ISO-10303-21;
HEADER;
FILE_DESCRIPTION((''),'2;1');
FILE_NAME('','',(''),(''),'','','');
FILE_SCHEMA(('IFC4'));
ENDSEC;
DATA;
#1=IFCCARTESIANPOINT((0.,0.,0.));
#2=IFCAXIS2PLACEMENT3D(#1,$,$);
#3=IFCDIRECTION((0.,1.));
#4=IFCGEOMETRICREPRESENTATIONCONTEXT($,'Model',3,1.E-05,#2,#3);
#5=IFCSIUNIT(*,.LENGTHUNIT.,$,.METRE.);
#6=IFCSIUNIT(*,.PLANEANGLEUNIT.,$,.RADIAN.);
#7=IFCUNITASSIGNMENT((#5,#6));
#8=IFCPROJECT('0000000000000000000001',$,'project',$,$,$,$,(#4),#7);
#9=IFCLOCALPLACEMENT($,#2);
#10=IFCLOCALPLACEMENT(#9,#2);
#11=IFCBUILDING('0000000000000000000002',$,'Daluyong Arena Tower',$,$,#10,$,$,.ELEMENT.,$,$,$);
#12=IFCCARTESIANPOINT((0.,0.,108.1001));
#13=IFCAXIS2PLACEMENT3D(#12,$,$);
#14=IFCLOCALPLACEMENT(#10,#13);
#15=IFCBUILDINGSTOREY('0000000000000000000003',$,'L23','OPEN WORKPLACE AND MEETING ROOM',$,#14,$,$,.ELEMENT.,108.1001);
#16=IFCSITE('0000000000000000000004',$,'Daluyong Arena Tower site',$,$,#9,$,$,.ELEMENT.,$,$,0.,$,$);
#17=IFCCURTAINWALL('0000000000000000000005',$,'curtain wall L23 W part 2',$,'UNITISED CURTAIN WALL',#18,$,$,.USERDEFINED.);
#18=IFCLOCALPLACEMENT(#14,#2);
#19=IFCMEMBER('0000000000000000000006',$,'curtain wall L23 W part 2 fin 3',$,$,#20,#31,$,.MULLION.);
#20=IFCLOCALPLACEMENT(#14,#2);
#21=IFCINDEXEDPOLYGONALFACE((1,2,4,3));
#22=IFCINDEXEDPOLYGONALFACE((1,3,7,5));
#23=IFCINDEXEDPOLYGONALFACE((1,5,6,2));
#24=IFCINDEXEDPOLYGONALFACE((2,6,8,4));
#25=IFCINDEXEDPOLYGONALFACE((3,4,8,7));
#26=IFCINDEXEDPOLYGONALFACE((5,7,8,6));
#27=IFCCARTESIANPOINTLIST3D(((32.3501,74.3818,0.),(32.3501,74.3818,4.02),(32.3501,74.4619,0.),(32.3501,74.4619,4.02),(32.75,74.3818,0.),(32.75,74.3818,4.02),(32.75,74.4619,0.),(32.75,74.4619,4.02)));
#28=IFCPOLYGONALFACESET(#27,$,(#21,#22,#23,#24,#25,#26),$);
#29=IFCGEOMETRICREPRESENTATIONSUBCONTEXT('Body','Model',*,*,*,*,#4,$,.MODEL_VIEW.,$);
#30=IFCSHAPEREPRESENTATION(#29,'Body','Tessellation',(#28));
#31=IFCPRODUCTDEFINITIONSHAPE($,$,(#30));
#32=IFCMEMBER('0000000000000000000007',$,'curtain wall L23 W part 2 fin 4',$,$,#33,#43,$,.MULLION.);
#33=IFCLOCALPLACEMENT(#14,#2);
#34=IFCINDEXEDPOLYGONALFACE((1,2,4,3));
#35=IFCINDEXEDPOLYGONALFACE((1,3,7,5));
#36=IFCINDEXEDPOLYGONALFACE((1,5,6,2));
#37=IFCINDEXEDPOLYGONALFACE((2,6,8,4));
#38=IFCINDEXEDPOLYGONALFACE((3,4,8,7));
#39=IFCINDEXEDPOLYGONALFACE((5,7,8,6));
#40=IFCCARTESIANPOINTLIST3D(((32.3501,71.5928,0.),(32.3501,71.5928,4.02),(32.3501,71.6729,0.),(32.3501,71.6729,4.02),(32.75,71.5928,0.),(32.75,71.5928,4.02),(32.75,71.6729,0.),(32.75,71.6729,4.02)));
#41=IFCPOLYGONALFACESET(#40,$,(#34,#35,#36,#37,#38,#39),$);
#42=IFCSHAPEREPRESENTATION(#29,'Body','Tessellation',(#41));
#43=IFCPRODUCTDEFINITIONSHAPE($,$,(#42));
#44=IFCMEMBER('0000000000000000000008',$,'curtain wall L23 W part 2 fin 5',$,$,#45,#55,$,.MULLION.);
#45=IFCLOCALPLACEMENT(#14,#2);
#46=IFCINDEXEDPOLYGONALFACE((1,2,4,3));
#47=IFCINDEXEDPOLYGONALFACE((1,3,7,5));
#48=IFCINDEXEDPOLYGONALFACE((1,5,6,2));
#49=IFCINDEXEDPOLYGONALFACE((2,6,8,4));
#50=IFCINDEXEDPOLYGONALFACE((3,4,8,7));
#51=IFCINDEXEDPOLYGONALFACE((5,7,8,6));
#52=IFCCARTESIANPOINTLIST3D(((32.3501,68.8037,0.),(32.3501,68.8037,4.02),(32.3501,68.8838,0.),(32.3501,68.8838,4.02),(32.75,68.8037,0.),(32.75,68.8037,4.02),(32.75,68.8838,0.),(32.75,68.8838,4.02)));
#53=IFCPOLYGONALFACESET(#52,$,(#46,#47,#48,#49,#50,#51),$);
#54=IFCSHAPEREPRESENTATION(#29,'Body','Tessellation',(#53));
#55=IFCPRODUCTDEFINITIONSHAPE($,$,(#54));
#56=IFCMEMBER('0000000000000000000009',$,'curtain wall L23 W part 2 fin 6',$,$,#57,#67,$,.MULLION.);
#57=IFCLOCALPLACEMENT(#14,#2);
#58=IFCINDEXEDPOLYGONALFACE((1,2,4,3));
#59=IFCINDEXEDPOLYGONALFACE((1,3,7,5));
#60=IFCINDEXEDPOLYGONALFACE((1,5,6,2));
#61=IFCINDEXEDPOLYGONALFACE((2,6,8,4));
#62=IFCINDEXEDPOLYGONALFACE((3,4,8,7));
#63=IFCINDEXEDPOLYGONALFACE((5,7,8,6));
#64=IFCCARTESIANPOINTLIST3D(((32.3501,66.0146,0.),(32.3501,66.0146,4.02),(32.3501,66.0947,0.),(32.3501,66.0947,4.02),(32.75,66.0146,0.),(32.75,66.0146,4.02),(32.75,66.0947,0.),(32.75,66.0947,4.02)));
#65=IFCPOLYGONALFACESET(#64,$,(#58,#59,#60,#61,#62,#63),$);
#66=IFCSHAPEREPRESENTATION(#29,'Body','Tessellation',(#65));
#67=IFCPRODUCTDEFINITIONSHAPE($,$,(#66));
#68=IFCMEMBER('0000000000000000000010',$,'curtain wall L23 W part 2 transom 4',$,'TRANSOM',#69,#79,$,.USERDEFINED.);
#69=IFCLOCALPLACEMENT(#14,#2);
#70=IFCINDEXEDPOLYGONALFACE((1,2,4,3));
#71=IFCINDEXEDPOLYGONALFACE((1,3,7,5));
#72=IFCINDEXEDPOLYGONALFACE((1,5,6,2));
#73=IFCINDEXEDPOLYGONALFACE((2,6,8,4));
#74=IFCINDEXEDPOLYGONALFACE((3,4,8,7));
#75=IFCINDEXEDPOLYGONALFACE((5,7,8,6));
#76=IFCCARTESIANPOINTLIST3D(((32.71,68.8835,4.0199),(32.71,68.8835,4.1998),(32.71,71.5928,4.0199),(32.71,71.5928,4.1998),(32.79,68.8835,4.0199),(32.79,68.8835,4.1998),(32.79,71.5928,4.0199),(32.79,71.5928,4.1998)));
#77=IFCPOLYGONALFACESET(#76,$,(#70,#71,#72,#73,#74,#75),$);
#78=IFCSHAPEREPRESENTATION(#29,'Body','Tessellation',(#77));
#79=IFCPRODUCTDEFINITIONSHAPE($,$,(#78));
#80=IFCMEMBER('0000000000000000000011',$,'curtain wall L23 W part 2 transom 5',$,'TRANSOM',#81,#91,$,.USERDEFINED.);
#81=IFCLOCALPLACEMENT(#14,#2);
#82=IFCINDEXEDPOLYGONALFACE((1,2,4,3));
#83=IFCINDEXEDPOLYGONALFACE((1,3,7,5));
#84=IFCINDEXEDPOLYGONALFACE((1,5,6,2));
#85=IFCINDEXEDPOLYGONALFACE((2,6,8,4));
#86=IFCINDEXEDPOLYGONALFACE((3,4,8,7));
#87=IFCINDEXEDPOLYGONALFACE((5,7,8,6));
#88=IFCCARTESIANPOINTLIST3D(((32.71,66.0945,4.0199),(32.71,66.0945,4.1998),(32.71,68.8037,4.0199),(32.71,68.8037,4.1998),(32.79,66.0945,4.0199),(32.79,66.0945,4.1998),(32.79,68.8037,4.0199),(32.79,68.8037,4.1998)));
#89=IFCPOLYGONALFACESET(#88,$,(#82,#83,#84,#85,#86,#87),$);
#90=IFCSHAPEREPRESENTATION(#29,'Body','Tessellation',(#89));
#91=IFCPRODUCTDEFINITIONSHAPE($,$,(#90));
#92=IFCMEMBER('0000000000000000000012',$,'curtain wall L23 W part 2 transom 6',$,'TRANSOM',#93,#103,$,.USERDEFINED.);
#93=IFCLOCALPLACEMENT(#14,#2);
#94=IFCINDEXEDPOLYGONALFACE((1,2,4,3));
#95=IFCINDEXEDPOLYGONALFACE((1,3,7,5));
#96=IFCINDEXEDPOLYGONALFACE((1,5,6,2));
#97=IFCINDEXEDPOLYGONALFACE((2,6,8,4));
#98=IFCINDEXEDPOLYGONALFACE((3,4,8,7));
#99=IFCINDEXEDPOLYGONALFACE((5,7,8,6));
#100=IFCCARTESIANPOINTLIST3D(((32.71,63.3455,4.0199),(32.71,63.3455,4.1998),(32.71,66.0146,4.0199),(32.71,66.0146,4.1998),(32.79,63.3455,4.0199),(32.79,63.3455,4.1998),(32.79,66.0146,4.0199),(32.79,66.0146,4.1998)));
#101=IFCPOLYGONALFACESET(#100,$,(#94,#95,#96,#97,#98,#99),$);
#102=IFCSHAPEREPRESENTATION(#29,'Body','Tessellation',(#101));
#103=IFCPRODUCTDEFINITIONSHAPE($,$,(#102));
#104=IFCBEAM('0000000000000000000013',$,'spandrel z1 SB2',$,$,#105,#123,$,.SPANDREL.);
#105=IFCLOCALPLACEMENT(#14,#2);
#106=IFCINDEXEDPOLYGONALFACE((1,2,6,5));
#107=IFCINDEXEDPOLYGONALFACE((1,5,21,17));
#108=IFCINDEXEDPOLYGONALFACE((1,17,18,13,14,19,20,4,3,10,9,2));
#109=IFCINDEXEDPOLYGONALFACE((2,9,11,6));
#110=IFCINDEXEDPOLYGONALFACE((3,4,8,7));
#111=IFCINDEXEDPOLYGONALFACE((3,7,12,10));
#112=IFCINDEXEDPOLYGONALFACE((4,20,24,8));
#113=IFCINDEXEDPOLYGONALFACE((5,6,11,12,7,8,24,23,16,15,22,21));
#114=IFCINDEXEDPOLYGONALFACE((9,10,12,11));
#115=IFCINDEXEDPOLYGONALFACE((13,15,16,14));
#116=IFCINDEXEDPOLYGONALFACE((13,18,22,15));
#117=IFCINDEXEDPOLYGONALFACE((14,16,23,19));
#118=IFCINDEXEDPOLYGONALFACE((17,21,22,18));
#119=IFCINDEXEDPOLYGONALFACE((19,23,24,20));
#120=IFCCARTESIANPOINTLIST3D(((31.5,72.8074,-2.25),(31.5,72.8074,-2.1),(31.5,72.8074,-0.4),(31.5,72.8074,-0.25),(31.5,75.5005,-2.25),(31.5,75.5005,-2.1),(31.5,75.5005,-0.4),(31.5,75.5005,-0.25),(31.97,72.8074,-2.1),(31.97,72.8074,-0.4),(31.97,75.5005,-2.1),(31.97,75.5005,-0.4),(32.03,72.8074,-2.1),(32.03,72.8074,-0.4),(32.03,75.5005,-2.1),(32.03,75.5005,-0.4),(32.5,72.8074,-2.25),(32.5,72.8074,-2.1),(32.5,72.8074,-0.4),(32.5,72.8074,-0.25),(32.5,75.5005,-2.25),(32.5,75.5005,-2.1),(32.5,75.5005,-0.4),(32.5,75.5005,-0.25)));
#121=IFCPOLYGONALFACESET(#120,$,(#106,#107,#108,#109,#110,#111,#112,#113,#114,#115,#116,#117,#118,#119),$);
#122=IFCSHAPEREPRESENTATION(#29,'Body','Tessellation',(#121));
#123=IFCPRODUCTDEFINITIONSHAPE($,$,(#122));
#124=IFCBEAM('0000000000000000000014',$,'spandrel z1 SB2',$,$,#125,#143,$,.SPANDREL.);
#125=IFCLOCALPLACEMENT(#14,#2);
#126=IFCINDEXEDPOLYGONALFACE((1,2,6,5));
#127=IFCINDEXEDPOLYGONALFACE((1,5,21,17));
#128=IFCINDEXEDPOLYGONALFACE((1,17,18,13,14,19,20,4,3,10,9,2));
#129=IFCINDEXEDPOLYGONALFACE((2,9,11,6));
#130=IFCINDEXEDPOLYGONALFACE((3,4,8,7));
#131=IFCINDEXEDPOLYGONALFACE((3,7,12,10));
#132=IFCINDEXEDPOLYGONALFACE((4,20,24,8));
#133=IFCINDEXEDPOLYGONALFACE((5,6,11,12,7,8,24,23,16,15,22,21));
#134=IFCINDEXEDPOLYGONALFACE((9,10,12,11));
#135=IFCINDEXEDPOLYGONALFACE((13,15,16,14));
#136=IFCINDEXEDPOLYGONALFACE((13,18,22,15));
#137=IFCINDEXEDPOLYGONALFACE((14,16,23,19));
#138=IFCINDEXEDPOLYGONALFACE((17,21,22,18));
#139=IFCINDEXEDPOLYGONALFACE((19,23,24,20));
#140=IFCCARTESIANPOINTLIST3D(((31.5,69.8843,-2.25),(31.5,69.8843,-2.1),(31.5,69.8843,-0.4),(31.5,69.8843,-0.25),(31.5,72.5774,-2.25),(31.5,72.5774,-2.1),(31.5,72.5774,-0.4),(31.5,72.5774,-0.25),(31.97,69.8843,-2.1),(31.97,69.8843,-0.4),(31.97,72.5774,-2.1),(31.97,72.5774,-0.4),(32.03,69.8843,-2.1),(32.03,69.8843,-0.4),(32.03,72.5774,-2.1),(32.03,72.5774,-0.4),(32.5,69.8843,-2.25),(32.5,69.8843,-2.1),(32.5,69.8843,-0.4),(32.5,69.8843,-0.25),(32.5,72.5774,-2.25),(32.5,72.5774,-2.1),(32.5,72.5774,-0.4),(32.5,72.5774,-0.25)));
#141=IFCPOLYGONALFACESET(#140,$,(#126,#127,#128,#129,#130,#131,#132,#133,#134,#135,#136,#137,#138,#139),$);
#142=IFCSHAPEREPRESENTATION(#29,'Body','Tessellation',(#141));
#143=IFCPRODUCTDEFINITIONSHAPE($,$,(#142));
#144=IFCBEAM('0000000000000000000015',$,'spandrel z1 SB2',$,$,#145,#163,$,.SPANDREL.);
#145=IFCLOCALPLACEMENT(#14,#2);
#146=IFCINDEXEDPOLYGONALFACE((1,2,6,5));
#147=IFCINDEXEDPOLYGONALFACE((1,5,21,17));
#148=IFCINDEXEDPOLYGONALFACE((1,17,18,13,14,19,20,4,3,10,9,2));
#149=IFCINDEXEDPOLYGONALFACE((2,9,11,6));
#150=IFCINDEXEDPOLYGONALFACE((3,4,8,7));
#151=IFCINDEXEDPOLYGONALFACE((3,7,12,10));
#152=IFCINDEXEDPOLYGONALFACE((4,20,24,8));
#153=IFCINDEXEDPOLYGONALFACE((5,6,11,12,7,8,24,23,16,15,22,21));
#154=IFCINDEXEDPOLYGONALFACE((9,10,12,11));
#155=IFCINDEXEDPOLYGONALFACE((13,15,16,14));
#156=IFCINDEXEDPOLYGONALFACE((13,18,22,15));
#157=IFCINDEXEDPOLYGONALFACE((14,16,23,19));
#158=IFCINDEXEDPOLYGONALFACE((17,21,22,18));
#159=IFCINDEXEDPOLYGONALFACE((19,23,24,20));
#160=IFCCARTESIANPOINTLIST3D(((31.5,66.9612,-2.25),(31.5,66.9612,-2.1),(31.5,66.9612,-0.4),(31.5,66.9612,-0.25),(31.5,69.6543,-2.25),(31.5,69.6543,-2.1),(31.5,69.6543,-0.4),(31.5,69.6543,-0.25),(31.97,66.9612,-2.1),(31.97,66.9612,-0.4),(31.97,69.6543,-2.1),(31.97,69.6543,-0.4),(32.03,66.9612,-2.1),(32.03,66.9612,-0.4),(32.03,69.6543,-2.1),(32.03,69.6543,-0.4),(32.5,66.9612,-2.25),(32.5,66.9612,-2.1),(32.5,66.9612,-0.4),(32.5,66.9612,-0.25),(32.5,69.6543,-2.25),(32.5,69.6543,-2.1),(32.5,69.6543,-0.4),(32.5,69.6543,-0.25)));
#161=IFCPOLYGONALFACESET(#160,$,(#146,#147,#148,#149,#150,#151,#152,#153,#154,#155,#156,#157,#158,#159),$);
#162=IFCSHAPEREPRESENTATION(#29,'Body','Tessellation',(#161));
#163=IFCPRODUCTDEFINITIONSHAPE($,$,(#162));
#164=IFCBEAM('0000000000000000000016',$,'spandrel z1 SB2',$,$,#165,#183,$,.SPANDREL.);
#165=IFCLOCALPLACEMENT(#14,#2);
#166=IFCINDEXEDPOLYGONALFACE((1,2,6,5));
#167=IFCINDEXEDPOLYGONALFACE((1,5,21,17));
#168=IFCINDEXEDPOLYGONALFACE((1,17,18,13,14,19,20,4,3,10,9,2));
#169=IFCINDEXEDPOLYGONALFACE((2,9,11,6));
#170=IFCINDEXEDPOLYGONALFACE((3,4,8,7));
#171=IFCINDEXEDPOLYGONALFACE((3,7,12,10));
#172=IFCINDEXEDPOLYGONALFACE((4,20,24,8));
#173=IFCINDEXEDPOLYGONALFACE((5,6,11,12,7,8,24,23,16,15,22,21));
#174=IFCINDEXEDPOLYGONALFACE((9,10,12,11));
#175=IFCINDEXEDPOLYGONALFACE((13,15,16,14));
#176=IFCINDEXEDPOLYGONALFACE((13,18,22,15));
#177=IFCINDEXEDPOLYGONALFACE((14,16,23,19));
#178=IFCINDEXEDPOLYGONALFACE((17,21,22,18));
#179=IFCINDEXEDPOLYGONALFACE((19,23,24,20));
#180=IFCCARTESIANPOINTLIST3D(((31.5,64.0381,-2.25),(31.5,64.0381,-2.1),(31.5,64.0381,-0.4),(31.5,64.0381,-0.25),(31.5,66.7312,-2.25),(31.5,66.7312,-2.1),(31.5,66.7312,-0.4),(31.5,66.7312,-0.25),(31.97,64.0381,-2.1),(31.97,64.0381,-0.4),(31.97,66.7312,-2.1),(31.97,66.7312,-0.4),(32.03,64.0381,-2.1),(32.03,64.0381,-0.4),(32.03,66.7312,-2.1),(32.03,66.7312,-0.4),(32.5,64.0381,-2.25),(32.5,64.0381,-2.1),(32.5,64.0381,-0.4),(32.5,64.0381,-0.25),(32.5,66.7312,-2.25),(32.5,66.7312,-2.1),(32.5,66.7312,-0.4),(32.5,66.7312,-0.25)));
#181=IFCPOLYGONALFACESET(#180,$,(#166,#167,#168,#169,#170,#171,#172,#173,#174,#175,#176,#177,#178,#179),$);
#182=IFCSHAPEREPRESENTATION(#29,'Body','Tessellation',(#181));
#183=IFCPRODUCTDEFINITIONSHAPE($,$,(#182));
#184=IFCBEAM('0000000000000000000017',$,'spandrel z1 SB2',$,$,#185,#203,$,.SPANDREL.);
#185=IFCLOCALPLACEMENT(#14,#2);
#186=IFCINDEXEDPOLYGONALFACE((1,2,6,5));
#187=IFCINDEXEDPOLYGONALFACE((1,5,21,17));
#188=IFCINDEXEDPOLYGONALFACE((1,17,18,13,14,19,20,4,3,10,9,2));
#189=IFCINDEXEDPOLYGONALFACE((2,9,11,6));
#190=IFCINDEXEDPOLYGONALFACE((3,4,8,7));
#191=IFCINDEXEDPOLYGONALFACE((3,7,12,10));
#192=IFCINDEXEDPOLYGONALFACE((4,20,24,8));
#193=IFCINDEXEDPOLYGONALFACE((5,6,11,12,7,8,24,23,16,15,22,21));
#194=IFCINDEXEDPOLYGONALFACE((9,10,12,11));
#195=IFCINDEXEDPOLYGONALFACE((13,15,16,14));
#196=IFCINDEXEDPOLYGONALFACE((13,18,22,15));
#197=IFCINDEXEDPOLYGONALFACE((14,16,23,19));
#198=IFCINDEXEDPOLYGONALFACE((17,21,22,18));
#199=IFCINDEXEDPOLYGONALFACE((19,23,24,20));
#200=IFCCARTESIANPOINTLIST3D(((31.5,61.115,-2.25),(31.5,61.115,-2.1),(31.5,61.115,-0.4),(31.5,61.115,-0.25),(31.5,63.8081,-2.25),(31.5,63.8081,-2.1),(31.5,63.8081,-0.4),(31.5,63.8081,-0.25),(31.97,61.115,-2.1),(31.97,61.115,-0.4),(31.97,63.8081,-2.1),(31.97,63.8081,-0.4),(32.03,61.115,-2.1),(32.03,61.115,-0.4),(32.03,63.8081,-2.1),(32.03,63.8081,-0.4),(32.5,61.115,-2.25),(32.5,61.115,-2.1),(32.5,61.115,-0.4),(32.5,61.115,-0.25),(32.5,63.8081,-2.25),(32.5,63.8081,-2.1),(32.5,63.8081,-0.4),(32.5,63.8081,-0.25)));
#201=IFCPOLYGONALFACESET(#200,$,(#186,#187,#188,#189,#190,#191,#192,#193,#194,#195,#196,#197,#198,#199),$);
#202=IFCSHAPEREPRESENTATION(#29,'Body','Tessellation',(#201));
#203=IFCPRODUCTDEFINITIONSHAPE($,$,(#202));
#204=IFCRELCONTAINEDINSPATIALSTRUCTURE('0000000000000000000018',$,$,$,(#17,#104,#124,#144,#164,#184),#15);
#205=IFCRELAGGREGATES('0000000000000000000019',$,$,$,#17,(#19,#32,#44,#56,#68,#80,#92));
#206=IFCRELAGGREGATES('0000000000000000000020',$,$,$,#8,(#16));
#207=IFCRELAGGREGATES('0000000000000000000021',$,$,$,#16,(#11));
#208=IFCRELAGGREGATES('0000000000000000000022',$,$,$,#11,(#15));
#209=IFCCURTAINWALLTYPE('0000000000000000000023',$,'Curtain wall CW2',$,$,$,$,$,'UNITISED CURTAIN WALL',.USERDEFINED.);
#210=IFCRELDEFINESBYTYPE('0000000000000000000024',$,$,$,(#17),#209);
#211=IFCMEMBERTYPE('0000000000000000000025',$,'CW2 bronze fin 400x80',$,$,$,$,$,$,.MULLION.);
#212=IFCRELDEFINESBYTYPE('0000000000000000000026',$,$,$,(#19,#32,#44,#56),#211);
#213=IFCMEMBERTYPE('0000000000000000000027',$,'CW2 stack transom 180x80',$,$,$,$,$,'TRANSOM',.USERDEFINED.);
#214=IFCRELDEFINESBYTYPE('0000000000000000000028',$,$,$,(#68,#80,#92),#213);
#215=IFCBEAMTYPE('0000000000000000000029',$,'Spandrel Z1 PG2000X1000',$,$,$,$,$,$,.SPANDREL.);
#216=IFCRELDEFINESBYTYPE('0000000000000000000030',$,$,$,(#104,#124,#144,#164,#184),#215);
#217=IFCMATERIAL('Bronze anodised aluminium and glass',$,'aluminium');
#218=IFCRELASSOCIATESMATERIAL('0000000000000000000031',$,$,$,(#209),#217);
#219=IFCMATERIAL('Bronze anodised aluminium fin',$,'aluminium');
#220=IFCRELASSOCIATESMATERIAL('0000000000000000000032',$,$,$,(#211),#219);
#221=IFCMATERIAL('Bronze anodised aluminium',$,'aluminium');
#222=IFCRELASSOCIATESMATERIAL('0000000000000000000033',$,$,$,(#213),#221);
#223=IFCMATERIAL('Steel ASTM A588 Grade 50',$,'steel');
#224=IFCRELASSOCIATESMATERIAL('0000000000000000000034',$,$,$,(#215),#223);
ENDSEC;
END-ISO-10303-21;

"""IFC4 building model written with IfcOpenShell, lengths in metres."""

from ifc_helpers import new_model, si_unit, direction, frame, origin, origin_2d, place, context, subcontext, project, spatial, rectangle, i_section, extrude, material, material_profile, profile_set, type_object, element, aggregate, save


model = new_model("IFC4")

# Units and contexts
model_context = context("Model", 3, precision=1e-05, world=origin(), true_north=direction((0.0, 1.0)))
body_context = subcontext(model_context, "Body", "Model", "MODEL_VIEW")
ifc_project = project(units=[si_unit("LENGTHUNIT", "METRE"), si_unit("PLANEANGLEUNIT", "RADIAN")], contexts=[model_context])

# Site, building, storey
site_placement = place(None, origin())
site = spatial("IfcSite", under=ifc_project, at=site_placement, Name="Daluyong Arena Tower site", CompositionType="ELEMENT", RefElevation=0.0)
building_placement = place(site_placement, origin())
building = spatial("IfcBuilding", under=site, at=building_placement, Name="Daluyong Arena Tower", CompositionType="ELEMENT")
storey_placement = place(building_placement, frame((0.0, 0.0, 108.1001)))
storey = spatial("IfcBuildingStorey", under=building, at=storey_placement, Name="L23", Description="OPEN WORKPLACE AND MEETING ROOM", CompositionType="ELEMENT", Elevation=108.1001)

# Curtain wall, members
ifc_material_1 = material(Name="Bronze anodised aluminium and glass", Category="aluminium")
curtain_wall_type = type_object("IfcCurtainWallType", Name="Curtain wall CW2", ElementType="UNITISED CURTAIN WALL", PredefinedType="USERDEFINED", material=ifc_material_1)
curtain_wall_placement = place(storey_placement, origin())
curtain_wall = element("IfcCurtainWall", 1, at=curtain_wall_placement, inside=storey, type_object=curtain_wall_type, Name="curtain wall L23 W part 2", ObjectType="UNITISED CURTAIN WALL", PredefinedType="USERDEFINED")
ifc_material_2 = material(Name="Bronze anodised aluminium fin", Category="aluminium")
ifc_material_profile_1 = material_profile(ifc_material_2, rectangle(XDim=0.3999, YDim=0.0801, at=origin_2d()))
ifc_profile_set_1 = profile_set([ifc_material_profile_1], Name="Bronze anodised aluminium fin")
member_type_1 = type_object("IfcMemberType", Name="CW2 bronze fin 400x80", PredefinedType="MULLION", material=ifc_profile_set_1)
member_1_placement = place(storey_placement, frame((32.55, 74.4219, 0.0), z_axis=(0.0, 0.0, 1.0), x_axis=(1.0, 0.0, 0.0)))
member_1 = element("IfcMember", 2, at=member_1_placement, type_object=member_type_1, Name="curtain wall L23 W part 2 fin 3", PredefinedType="MULLION", context=body_context, shape_type="SweptSolid", body=[
    extrude(rectangle(XDim=0.3999, YDim=0.0801, at=origin_2d()), origin(), (0.0, 0.0, 1.0), 4.02),
])
member_2_placement = place(storey_placement, frame((32.55, 71.6328, 0.0), z_axis=(0.0, 0.0, 1.0), x_axis=(1.0, 0.0, 0.0)))
member_2 = element("IfcMember", 3, at=member_2_placement, type_object=member_type_1, Name="curtain wall L23 W part 2 fin 4", PredefinedType="MULLION", context=body_context, shape_type="SweptSolid", body=[
    extrude(rectangle(XDim=0.3999, YDim=0.0801, at=origin_2d()), origin(), (0.0, 0.0, 1.0), 4.02),
])
member_3_placement = place(storey_placement, frame((32.55, 68.8438, 0.0), z_axis=(0.0, 0.0, 1.0), x_axis=(1.0, 0.0, 0.0)))
member_3 = element("IfcMember", 4, at=member_3_placement, type_object=member_type_1, Name="curtain wall L23 W part 2 fin 5", PredefinedType="MULLION", context=body_context, shape_type="SweptSolid", body=[
    extrude(rectangle(XDim=0.3999, YDim=0.0801, at=origin_2d()), origin(), (0.0, 0.0, 1.0), 4.02),
])
member_4_placement = place(storey_placement, frame((32.55, 66.0547, 0.0), z_axis=(0.0, 0.0, 1.0), x_axis=(1.0, 0.0, 0.0)))
member_4 = element("IfcMember", 5, at=member_4_placement, type_object=member_type_1, Name="curtain wall L23 W part 2 fin 6", PredefinedType="MULLION", context=body_context, shape_type="SweptSolid", body=[
    extrude(rectangle(XDim=0.3999, YDim=0.0801, at=origin_2d()), origin(), (0.0, 0.0, 1.0), 4.02),
])
ifc_material_3 = material(Name="Bronze anodised aluminium", Category="aluminium")
ifc_material_profile_2 = material_profile(ifc_material_3, rectangle(XDim=0.0801, YDim=0.1799, at=origin_2d()))
ifc_profile_set_2 = profile_set([ifc_material_profile_2], Name="Bronze anodised aluminium")
member_type_2 = type_object("IfcMemberType", Name="CW2 stack transom 180x80", ElementType="TRANSOM", PredefinedType="USERDEFINED", material=ifc_profile_set_2)
member_5_placement = place(storey_placement, frame((32.75, 71.5928, 4.1099), z_axis=(0.0, -1.0, 0.0), x_axis=(1.0, 0.0, 0.0)))
member_5 = element("IfcMember", 6, at=member_5_placement, type_object=member_type_2, Name="curtain wall L23 W part 2 transom 4", ObjectType="TRANSOM", PredefinedType="USERDEFINED", context=body_context, shape_type="SweptSolid", body=[
    extrude(rectangle(XDim=0.0801, YDim=0.1799, at=origin_2d()), origin(), (0.0, 0.0, 1.0), 2.7092),
])
member_6_placement = place(storey_placement, frame((32.75, 68.8037, 4.1099), z_axis=(0.0, -1.0, 0.0), x_axis=(1.0, 0.0, 0.0)))
member_6 = element("IfcMember", 7, at=member_6_placement, type_object=member_type_2, Name="curtain wall L23 W part 2 transom 5", ObjectType="TRANSOM", PredefinedType="USERDEFINED", context=body_context, shape_type="SweptSolid", body=[
    extrude(rectangle(XDim=0.0801, YDim=0.1799, at=origin_2d()), origin(), (0.0, 0.0, 1.0), 2.7092),
])
member_7_placement = place(storey_placement, frame((32.75, 66.0146, 4.1099), z_axis=(0.0, -1.0, 0.0), x_axis=(1.0, 0.0, 0.0)))
member_7 = element("IfcMember", 8, at=member_7_placement, type_object=member_type_2, Name="curtain wall L23 W part 2 transom 6", ObjectType="TRANSOM", PredefinedType="USERDEFINED", context=body_context, shape_type="SweptSolid", body=[
    extrude(rectangle(XDim=0.0801, YDim=0.1799, at=origin_2d()), origin(), (0.0, 0.0, 1.0), 2.6692),
])

# Beams
ifc_material_4 = material(Name="Steel ASTM A588 Grade 50", Category="steel")
ifc_material_profile_3 = material_profile(ifc_material_4, i_section(OverallWidth=1.0, OverallDepth=2.0, WebThickness=0.06, FlangeThickness=0.15, at=origin_2d()))
ifc_profile_set_3 = profile_set([ifc_material_profile_3], Name="Steel ASTM A588 Grade 50")
beam_type_1 = type_object("IfcBeamType", Name="Spandrel Z1 PG2000X1000", PredefinedType="SPANDREL", material=ifc_profile_set_3)
for number, where, z_axis, x_axis, name in (
    (9, (32.0, 75.5005, -1.25), (0.0, -1.0, 0.0), (1.0, 0.0, 0.0), "spandrel z1 SB2"),
    (10, (32.0, 72.5774, -1.25), (0.0, -1.0, 0.0), (1.0, 0.0, 0.0), "spandrel z1 SB2"),
    (11, (32.0, 69.6543, -1.25), (0.0, -1.0, 0.0), (1.0, 0.0, 0.0), "spandrel z1 SB2"),
    (12, (32.0, 66.7312, -1.25), (0.0, -1.0, 0.0), (1.0, 0.0, 0.0), "spandrel z1 SB2"),
    (13, (32.0, 63.8081, -1.25), (0.0, -1.0, 0.0), (1.0, 0.0, 0.0), "spandrel z1 SB2"),
):
    element("IfcBeam", number, at=place(storey_placement, frame(where, z_axis=z_axis, x_axis=x_axis)), inside=storey, type_object=beam_type_1, Name=name, PredefinedType="SPANDREL", context=body_context, shape_type="SweptSolid", body=[
        extrude(i_section(OverallWidth=1.0, OverallDepth=2.0, WebThickness=0.06, FlangeThickness=0.15, at=origin_2d()), origin(), (0.0, 0.0, 1.0), 2.6931),
    ])

aggregate(curtain_wall, [member_1, member_2, member_3, member_4, member_5, member_6, member_7])

save(model, "model.ifc")
